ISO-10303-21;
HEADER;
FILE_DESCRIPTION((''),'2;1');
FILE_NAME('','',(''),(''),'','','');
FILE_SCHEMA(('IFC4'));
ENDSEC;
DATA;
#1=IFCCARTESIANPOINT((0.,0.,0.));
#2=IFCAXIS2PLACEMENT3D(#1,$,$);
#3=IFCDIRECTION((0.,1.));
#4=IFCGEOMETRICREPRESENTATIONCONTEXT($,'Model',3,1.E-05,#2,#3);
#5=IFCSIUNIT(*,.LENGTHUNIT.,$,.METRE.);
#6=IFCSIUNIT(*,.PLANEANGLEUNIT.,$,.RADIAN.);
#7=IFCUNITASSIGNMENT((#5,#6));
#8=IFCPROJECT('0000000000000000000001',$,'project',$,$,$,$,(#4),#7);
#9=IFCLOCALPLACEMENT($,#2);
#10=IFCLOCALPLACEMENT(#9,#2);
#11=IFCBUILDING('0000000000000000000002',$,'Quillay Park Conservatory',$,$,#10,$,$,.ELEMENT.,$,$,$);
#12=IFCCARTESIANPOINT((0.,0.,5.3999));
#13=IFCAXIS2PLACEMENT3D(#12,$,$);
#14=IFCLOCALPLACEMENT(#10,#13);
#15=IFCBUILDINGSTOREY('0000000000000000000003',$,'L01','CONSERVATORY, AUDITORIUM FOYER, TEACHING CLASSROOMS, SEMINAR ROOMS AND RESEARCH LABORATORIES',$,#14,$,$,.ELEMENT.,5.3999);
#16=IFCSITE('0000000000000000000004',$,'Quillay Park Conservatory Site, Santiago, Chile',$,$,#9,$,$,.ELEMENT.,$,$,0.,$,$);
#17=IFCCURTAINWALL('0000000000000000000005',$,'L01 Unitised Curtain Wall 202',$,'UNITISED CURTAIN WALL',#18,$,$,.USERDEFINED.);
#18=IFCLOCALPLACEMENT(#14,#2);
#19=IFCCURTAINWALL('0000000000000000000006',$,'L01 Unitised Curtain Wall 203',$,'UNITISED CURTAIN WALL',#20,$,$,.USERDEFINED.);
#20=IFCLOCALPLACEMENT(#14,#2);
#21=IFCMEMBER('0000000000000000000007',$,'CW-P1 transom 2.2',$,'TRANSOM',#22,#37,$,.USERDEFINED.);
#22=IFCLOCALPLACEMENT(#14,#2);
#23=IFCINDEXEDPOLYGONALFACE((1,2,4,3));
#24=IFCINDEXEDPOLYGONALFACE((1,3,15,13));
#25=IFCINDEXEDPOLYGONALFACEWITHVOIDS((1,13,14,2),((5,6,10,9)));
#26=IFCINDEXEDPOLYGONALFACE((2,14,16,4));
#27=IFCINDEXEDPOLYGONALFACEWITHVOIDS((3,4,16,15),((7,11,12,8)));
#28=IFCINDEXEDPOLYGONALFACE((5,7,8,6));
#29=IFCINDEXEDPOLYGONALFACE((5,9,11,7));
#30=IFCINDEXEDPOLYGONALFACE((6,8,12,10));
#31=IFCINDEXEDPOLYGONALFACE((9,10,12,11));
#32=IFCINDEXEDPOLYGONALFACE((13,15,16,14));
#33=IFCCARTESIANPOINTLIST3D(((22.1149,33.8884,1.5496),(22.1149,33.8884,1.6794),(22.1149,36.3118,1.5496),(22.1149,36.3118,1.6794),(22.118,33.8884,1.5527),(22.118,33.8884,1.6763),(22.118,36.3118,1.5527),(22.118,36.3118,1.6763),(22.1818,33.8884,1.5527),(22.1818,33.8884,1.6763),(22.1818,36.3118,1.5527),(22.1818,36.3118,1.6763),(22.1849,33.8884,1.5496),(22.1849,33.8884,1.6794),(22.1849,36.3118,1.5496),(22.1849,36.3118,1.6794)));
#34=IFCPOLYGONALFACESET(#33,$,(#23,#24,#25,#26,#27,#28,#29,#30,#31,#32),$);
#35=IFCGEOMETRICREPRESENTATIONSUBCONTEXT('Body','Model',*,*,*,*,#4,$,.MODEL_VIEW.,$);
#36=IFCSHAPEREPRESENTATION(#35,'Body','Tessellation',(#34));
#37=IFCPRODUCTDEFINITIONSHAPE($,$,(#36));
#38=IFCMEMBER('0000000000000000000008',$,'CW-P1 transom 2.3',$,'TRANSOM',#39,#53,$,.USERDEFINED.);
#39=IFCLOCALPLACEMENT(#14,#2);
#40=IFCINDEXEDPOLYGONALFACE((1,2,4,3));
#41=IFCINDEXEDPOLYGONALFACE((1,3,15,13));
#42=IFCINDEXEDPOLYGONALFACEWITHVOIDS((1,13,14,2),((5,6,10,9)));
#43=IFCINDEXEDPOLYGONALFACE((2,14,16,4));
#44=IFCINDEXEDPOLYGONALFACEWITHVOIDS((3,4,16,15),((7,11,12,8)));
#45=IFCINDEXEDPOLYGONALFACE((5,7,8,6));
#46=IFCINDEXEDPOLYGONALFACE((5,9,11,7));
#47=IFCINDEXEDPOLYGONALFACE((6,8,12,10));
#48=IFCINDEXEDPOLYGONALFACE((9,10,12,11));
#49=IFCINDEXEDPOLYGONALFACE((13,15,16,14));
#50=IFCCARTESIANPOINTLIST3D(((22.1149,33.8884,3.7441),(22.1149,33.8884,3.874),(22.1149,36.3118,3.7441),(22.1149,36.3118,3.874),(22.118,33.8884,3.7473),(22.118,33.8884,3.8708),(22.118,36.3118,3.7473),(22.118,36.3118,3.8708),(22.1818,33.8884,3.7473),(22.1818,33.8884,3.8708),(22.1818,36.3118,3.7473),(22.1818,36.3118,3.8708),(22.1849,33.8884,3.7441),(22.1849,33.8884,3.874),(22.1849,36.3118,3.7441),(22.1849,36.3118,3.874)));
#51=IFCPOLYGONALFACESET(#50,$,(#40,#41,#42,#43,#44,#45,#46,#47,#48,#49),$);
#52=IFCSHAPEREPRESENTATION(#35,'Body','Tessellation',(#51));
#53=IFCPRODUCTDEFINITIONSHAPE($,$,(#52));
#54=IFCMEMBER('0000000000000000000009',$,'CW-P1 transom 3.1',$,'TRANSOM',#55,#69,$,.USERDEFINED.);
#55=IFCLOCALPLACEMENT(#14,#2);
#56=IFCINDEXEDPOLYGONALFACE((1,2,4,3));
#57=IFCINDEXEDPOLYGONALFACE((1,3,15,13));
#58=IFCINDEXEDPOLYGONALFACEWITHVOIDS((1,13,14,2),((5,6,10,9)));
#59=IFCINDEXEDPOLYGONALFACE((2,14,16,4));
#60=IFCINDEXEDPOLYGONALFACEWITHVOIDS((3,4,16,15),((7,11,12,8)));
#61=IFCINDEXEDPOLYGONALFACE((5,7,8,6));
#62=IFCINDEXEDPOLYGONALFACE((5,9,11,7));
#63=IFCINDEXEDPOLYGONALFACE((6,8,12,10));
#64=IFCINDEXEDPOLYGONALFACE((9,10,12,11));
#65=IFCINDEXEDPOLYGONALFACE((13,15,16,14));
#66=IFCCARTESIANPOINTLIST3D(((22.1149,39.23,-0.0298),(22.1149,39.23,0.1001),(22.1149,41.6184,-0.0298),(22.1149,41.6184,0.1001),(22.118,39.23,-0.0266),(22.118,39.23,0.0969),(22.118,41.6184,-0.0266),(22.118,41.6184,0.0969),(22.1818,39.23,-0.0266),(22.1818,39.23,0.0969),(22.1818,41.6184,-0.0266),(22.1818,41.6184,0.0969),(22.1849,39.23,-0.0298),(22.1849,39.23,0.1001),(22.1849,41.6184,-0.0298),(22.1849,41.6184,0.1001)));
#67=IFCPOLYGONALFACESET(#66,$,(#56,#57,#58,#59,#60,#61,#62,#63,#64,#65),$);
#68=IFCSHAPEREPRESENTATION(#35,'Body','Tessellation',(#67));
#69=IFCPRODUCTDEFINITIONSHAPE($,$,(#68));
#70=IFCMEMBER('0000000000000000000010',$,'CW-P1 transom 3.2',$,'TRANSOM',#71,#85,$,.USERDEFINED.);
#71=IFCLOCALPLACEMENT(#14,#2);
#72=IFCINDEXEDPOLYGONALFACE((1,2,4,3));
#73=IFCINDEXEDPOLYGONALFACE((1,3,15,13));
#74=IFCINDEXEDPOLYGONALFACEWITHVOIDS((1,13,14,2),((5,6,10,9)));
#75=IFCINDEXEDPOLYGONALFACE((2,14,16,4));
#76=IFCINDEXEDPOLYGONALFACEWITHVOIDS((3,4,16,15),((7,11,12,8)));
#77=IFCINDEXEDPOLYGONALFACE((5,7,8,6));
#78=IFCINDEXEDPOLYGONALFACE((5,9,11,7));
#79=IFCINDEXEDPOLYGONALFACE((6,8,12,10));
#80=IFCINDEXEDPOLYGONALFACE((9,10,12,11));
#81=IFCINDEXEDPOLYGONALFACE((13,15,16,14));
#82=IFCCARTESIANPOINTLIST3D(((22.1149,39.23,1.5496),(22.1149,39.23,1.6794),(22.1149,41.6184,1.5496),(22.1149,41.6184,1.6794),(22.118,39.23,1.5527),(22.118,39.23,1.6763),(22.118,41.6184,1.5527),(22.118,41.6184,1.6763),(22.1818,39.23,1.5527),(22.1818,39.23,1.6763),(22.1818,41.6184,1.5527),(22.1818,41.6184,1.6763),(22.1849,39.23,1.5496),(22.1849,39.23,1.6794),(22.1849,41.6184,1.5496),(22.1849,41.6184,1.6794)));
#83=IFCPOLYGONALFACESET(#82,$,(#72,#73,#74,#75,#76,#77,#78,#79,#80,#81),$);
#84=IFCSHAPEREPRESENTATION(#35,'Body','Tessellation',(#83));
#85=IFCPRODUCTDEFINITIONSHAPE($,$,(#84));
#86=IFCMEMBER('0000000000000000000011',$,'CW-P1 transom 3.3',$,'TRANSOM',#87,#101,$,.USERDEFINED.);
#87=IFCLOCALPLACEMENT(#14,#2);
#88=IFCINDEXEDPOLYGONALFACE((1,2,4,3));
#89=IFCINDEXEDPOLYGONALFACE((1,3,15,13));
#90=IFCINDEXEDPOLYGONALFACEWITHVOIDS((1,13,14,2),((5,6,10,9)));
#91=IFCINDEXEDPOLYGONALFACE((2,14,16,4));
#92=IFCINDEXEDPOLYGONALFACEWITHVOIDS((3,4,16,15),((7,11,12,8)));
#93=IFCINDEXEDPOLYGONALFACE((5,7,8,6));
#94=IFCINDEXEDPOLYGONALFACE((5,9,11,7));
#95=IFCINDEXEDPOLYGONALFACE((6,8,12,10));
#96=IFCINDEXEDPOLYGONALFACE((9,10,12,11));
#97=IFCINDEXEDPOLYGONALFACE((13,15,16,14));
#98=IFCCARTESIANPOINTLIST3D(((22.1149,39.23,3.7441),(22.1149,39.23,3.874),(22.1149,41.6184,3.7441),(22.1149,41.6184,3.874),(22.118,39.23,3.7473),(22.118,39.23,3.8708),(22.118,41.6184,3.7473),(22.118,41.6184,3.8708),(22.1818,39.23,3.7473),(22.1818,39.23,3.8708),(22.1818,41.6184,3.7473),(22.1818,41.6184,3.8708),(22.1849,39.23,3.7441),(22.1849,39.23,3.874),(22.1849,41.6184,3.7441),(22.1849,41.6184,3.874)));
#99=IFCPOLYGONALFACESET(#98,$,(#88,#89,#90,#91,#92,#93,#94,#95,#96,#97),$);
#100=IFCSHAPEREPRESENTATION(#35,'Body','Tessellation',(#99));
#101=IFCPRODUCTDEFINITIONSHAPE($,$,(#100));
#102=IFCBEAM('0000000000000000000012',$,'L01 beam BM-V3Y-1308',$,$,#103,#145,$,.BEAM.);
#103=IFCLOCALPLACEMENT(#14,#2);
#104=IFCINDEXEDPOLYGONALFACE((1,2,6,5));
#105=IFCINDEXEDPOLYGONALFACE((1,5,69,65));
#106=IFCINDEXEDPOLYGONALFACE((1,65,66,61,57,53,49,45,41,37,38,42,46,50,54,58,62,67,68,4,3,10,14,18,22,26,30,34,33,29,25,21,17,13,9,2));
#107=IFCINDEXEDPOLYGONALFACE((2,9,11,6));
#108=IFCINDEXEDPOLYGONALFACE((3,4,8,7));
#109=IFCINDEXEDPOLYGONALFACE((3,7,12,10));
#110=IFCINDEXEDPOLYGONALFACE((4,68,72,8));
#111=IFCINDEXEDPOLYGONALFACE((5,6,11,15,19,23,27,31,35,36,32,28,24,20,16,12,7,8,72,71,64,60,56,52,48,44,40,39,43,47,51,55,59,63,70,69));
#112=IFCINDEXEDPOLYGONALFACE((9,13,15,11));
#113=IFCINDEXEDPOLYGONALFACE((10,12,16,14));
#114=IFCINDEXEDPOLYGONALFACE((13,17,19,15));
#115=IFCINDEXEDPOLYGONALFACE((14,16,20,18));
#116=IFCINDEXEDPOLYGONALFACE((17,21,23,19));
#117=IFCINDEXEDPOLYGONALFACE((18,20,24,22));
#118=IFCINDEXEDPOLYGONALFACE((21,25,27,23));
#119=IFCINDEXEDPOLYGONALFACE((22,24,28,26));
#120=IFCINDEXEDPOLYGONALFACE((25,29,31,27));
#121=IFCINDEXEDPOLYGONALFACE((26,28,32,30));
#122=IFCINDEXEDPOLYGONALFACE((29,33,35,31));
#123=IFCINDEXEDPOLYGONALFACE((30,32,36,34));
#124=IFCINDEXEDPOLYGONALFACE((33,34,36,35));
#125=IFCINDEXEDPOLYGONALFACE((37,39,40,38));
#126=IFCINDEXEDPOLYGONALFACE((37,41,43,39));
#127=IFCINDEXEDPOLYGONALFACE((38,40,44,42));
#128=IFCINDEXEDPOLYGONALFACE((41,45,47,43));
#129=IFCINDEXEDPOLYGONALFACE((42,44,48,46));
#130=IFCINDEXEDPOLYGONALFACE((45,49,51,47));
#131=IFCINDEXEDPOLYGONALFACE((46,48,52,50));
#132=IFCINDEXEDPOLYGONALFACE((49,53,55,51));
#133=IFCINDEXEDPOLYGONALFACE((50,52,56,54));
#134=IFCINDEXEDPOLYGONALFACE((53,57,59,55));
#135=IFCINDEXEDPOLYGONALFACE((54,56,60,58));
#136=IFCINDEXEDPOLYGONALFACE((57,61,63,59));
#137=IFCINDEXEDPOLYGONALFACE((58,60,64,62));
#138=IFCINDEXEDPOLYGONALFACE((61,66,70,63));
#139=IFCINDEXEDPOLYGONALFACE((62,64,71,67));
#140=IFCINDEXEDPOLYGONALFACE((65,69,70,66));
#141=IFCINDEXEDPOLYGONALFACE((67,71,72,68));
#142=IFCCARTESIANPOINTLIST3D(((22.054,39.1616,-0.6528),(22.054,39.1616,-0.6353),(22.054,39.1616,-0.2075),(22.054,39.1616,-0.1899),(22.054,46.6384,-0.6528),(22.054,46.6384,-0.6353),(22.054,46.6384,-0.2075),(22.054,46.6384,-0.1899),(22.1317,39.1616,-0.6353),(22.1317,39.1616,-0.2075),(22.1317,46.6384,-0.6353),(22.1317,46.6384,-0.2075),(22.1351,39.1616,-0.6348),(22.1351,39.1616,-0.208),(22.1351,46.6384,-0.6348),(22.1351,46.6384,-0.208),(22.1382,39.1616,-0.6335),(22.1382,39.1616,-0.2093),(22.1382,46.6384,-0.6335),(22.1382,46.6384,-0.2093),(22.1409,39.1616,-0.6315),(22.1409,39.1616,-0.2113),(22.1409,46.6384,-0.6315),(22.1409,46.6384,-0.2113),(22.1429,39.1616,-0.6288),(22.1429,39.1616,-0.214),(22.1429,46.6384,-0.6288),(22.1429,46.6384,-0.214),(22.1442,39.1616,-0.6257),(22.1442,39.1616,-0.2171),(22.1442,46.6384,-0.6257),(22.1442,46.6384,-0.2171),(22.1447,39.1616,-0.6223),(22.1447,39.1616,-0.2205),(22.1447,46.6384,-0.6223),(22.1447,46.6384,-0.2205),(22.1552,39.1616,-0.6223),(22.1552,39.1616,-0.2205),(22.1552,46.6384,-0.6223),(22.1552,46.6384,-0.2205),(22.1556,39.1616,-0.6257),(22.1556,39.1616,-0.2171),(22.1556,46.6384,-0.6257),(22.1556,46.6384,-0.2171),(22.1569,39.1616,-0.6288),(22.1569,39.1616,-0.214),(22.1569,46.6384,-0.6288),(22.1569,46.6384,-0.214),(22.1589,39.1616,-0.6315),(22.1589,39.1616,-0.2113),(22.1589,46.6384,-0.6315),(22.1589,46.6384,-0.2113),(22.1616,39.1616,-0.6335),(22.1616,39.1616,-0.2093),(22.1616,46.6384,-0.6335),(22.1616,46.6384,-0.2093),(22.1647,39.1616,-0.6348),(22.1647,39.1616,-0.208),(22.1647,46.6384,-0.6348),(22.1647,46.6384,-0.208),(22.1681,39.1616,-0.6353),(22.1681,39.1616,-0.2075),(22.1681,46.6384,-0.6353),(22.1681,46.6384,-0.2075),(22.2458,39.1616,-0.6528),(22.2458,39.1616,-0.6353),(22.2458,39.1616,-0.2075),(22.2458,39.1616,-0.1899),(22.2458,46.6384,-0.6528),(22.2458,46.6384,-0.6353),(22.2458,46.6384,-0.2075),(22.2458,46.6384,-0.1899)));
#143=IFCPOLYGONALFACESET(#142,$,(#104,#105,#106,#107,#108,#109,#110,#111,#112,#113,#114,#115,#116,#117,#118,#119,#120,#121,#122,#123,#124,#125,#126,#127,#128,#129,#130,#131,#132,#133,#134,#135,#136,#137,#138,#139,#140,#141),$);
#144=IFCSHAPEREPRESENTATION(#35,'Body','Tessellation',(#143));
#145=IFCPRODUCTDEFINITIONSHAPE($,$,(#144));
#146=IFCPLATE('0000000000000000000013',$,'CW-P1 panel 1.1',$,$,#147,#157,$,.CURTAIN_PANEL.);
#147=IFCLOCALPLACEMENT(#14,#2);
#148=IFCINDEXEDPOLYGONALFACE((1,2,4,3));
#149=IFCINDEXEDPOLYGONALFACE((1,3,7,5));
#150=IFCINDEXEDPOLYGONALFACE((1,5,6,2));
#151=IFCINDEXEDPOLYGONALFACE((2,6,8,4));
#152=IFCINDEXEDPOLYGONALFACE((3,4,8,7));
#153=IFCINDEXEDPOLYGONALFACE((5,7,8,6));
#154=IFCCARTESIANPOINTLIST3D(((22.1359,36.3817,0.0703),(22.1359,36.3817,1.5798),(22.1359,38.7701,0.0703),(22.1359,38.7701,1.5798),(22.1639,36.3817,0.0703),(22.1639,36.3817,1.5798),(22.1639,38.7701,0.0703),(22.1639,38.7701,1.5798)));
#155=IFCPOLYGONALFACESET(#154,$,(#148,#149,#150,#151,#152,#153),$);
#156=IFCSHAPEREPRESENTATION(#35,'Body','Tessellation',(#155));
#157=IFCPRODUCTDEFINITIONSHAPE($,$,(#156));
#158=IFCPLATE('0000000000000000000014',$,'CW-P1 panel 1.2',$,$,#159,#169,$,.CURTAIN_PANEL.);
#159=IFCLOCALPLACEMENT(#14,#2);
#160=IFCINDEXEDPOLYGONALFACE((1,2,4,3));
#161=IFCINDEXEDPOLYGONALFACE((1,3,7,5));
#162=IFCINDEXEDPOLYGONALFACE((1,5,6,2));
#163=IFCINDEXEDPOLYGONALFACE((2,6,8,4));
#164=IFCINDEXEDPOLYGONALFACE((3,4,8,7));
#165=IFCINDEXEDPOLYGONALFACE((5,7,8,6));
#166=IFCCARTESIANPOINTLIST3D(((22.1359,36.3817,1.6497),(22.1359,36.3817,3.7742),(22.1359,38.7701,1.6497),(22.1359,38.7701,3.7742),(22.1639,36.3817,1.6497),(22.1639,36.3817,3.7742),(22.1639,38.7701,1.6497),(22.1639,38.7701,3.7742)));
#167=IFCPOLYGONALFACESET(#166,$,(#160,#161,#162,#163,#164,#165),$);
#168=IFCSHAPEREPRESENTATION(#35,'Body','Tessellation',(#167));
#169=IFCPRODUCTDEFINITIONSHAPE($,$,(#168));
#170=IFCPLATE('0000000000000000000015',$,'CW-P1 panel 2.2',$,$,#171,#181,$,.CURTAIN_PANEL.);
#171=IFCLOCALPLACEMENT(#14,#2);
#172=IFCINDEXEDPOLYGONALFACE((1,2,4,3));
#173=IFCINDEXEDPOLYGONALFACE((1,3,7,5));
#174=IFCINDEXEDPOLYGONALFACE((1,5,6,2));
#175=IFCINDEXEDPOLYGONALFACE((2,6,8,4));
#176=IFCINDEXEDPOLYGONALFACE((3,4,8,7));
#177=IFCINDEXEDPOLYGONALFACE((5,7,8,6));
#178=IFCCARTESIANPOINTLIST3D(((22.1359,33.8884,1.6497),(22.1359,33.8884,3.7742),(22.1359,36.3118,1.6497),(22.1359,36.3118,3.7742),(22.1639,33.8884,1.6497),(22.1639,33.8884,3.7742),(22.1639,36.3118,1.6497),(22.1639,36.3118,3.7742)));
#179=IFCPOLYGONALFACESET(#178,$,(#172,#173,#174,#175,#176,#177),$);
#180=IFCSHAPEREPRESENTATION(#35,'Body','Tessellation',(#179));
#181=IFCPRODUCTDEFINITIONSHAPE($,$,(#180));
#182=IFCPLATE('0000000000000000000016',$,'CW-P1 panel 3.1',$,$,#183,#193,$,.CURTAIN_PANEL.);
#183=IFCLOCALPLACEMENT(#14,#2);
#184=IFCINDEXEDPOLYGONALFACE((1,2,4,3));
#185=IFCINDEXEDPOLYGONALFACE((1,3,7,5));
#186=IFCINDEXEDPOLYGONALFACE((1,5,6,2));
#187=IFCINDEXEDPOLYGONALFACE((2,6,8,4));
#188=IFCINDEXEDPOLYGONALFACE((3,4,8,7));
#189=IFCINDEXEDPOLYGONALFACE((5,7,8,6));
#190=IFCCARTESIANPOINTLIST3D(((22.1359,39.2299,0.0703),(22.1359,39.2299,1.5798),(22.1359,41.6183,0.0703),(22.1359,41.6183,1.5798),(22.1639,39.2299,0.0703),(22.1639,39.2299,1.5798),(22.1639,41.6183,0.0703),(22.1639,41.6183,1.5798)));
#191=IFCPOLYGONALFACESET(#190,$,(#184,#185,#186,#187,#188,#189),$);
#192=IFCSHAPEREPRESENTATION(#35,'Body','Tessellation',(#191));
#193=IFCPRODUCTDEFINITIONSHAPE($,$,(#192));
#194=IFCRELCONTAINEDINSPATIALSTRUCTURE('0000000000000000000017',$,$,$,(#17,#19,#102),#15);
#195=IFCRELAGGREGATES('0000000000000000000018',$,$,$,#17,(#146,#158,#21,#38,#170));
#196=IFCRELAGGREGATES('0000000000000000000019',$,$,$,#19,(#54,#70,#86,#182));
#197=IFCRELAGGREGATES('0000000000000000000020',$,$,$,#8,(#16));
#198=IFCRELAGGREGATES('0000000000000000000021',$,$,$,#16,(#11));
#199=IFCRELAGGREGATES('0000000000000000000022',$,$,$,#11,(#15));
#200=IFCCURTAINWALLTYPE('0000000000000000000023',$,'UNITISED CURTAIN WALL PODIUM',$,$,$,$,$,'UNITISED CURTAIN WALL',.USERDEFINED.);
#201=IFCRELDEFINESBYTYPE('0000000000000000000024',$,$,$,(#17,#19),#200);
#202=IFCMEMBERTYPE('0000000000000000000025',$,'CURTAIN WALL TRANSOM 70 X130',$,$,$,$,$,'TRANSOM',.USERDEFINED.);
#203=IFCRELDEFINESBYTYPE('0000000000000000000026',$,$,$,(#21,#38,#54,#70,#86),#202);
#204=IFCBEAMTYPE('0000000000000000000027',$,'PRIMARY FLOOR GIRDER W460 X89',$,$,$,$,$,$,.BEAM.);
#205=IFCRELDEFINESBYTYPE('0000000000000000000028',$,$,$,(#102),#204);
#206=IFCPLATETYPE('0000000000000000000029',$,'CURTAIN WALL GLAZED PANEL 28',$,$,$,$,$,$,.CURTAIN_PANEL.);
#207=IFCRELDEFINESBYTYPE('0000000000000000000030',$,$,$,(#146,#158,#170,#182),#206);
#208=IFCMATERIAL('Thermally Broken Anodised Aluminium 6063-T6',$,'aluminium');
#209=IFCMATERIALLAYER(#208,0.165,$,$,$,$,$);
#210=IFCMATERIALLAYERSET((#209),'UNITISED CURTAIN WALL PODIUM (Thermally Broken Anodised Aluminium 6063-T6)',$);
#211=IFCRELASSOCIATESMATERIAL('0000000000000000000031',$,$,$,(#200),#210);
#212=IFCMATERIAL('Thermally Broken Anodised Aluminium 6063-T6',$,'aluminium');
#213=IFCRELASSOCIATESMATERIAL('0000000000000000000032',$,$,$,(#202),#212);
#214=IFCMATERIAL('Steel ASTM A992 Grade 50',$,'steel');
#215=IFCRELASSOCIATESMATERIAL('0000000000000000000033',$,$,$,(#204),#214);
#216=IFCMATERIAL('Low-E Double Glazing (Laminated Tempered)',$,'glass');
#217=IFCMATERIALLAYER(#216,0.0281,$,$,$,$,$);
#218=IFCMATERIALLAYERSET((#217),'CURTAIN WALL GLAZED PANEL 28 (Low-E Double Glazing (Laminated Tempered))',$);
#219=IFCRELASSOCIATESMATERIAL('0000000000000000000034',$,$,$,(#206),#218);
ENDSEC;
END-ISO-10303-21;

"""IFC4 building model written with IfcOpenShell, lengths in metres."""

from ifc_helpers import new_model, si_unit, direction, frame, origin, origin_2d, place, context, subcontext, project, spatial, rectangle, hollow_rectangle, i_section, extrude, material, layer, layer_set, material_profile, profile_set, type_object, element, aggregate, save


model = new_model("IFC4")

# Units and contexts
model_context = context("Model", 3, precision=1e-05, world=origin(), true_north=direction((0.0, 1.0)))
body_context = subcontext(model_context, "Body", "Model", "MODEL_VIEW")
ifc_project = project(units=[si_unit("LENGTHUNIT", "METRE"), si_unit("PLANEANGLEUNIT", "RADIAN")], contexts=[model_context])

# Site, building, storey
site_placement = place(None, origin())
site = spatial("IfcSite", under=ifc_project, at=site_placement, Name="Quillay Park Conservatory Site, Santiago, Chile", CompositionType="ELEMENT", RefElevation=0.0)
building_placement = place(site_placement, origin())
building = spatial("IfcBuilding", under=site, at=building_placement, Name="Quillay Park Conservatory", CompositionType="ELEMENT")
storey_placement = place(building_placement, frame((0.0, 0.0, 5.3999)))
storey = spatial("IfcBuildingStorey", under=building, at=storey_placement, Name="L01", Description="CONSERVATORY, AUDITORIUM FOYER, TEACHING CLASSROOMS, SEMINAR ROOMS AND RESEARCH LABORATORIES", CompositionType="ELEMENT", Elevation=5.3999)

# Curtain walls
ifc_material_1 = material(Name="Thermally Broken Anodised Aluminium 6063-T6", Category="aluminium")
ifc_layer_1 = layer(ifc_material_1, 0.165)
ifc_layer_set_1 = layer_set([ifc_layer_1], Name="UNITISED CURTAIN WALL PODIUM (Thermally Broken Anodised Aluminium 6063-T6)")
curtain_wall_type = type_object("IfcCurtainWallType", Name="UNITISED CURTAIN WALL PODIUM", ElementType="UNITISED CURTAIN WALL", PredefinedType="USERDEFINED", material=ifc_layer_set_1)
curtain_wall_1_placement = place(storey_placement, origin())
curtain_wall_1 = element("IfcCurtainWall", 1, at=curtain_wall_1_placement, inside=storey, type_object=curtain_wall_type, Name="L01 Unitised Curtain Wall 202", ObjectType="UNITISED CURTAIN WALL", PredefinedType="USERDEFINED")
curtain_wall_2_placement = place(storey_placement, origin())
curtain_wall_2 = element("IfcCurtainWall", 2, at=curtain_wall_2_placement, inside=storey, type_object=curtain_wall_type, Name="L01 Unitised Curtain Wall 203", ObjectType="UNITISED CURTAIN WALL", PredefinedType="USERDEFINED")

# Members
ifc_material_2 = material(Name="Thermally Broken Anodised Aluminium 6063-T6", Category="aluminium")
ifc_material_profile_1 = material_profile(ifc_material_2, hollow_rectangle(XDim=0.0701, YDim=0.1299, WallThickness=0.0032, at=origin_2d()), Name="AL70x130x3.2")
ifc_profile_set_1 = profile_set([ifc_material_profile_1], Name="Thermally Broken Anodised Aluminium 6063-T6")
member_type_1 = type_object("IfcMemberType", Name="CURTAIN WALL TRANSOM 70 X130", ElementType="TRANSOM", PredefinedType="USERDEFINED", material=ifc_profile_set_1)
member_1_placement = place(storey_placement, frame((22.1499, 36.3118, 1.6145), z_axis=(0.0, -1.0, 0.0), x_axis=(1.0, 0.0, 0.0)))
member_1 = element("IfcMember", 3, at=member_1_placement, type_object=member_type_1, Name="CW-P1 transom 2.2", ObjectType="TRANSOM", PredefinedType="USERDEFINED", context=body_context, shape_type="SweptSolid", body=[
    extrude(hollow_rectangle(XDim=0.0701, YDim=0.1299, WallThickness=0.0032, at=origin_2d()), origin(), (0.0, 0.0, 1.0), 2.4233),
])
member_2_placement = place(storey_placement, frame((22.1499, 36.3118, 3.8091), z_axis=(0.0, -1.0, 0.0), x_axis=(1.0, 0.0, 0.0)))
member_2 = element("IfcMember", 4, at=member_2_placement, type_object=member_type_1, Name="CW-P1 transom 2.3", ObjectType="TRANSOM", PredefinedType="USERDEFINED", context=body_context, shape_type="SweptSolid", body=[
    extrude(hollow_rectangle(XDim=0.0701, YDim=0.1299, WallThickness=0.0032, at=origin_2d()), origin(), (0.0, 0.0, 1.0), 2.4233),
])
member_3_placement = place(storey_placement, frame((22.1499, 41.6184, 0.0352), z_axis=(0.0, -1.0, 0.0), x_axis=(1.0, 0.0, 0.0)))
member_3 = element("IfcMember", 5, at=member_3_placement, type_object=member_type_1, Name="CW-P1 transom 3.1", ObjectType="TRANSOM", PredefinedType="USERDEFINED", context=body_context, shape_type="SweptSolid", body=[
    extrude(hollow_rectangle(XDim=0.0701, YDim=0.1299, WallThickness=0.0032, at=origin_2d()), origin(), (0.0, 0.0, 1.0), 2.3884),
])
member_4_placement = place(storey_placement, frame((22.1499, 41.6184, 1.6145), z_axis=(0.0, -1.0, 0.0), x_axis=(1.0, 0.0, 0.0)))
member_4 = element("IfcMember", 6, at=member_4_placement, type_object=member_type_1, Name="CW-P1 transom 3.2", ObjectType="TRANSOM", PredefinedType="USERDEFINED", context=body_context, shape_type="SweptSolid", body=[
    extrude(hollow_rectangle(XDim=0.0701, YDim=0.1299, WallThickness=0.0032, at=origin_2d()), origin(), (0.0, 0.0, 1.0), 2.3884),
])
member_5_placement = place(storey_placement, frame((22.1499, 41.6184, 3.8091), z_axis=(0.0, -1.0, 0.0), x_axis=(1.0, 0.0, 0.0)))
member_5 = element("IfcMember", 7, at=member_5_placement, type_object=member_type_1, Name="CW-P1 transom 3.3", ObjectType="TRANSOM", PredefinedType="USERDEFINED", context=body_context, shape_type="SweptSolid", body=[
    extrude(hollow_rectangle(XDim=0.0701, YDim=0.1299, WallThickness=0.0032, at=origin_2d()), origin(), (0.0, 0.0, 1.0), 2.3884),
])

# Beam
ifc_material_3 = material(Name="Steel ASTM A992 Grade 50", Category="steel")
ifc_material_profile_2 = material_profile(ifc_material_3, i_section(OverallWidth=0.1919, OverallDepth=0.4629, WebThickness=0.0105, FlangeThickness=0.0176, FilletRadius=0.0129, at=origin_2d()), Name="W460x89")
ifc_profile_set_2 = profile_set([ifc_material_profile_2], Name="Steel ASTM A992 Grade 50")
beam_type = type_object("IfcBeamType", Name="PRIMARY FLOOR GIRDER W460 X89", PredefinedType="BEAM", material=ifc_profile_set_2)
beam_placement = place(storey_placement, frame((22.1499, 39.1616, -0.4214), z_axis=(0.0, 1.0, 0.0), x_axis=(-1.0, 0.0, 0.0)))
element("IfcBeam", 8, at=beam_placement, inside=storey, type_object=beam_type, Name="L01 beam BM-V3Y-1308", PredefinedType="BEAM", context=body_context, shape_type="SweptSolid", body=[
    extrude(i_section(OverallWidth=0.1919, OverallDepth=0.4629, WebThickness=0.0105, FlangeThickness=0.0176, FilletRadius=0.0129, at=origin_2d()), origin(), (0.0, 0.0, 1.0), 7.4768),
])

# Plates
ifc_material_4 = material(Name="Low-E Double Glazing (Laminated Tempered)", Category="glass")
ifc_layer_2 = layer(ifc_material_4, 0.0281)
ifc_layer_set_2 = layer_set([ifc_layer_2], Name="CURTAIN WALL GLAZED PANEL 28 (Low-E Double Glazing (Laminated Tempered))")
plate_type = type_object("IfcPlateType", Name="CURTAIN WALL GLAZED PANEL 28", PredefinedType="CURTAIN_PANEL", material=ifc_layer_set_2)
plate_1_placement = place(storey_placement, frame((22.1499, 37.5759, 0.0703), z_axis=(0.0, 0.0, 1.0), x_axis=(0.0, -1.0, 0.0)))
plate_1 = element("IfcPlate", 9, at=plate_1_placement, type_object=plate_type, Name="CW-P1 panel 1.1", PredefinedType="CURTAIN_PANEL", context=body_context, shape_type="SweptSolid", body=[
    extrude(rectangle(XDim=2.3884, YDim=0.0281, at=origin_2d()), origin(), (0.0, 0.0, 1.0), 1.5095),
])
plate_2_placement = place(storey_placement, frame((22.1499, 37.5759, 1.6497), z_axis=(0.0, 0.0, 1.0), x_axis=(0.0, -1.0, 0.0)))
plate_2 = element("IfcPlate", 10, at=plate_2_placement, type_object=plate_type, Name="CW-P1 panel 1.2", PredefinedType="CURTAIN_PANEL", context=body_context, shape_type="SweptSolid", body=[
    extrude(rectangle(XDim=2.3884, YDim=0.0281, at=origin_2d()), origin(), (0.0, 0.0, 1.0), 2.1245),
])
plate_3_placement = place(storey_placement, frame((22.1499, 35.1001, 1.6497), z_axis=(0.0, 0.0, 1.0), x_axis=(0.0, -1.0, 0.0)))
plate_3 = element("IfcPlate", 11, at=plate_3_placement, type_object=plate_type, Name="CW-P1 panel 2.2", PredefinedType="CURTAIN_PANEL", context=body_context, shape_type="SweptSolid", body=[
    extrude(rectangle(XDim=2.4233, YDim=0.0281, at=origin_2d()), origin(), (0.0, 0.0, 1.0), 2.1245),
])
aggregate(curtain_wall_1, [plate_1, plate_2, member_1, member_2, plate_3])
plate_4_placement = place(storey_placement, frame((22.1499, 40.4241, 0.0703), z_axis=(0.0, 0.0, 1.0), x_axis=(0.0, -1.0, 0.0)))
plate_4 = element("IfcPlate", 12, at=plate_4_placement, type_object=plate_type, Name="CW-P1 panel 3.1", PredefinedType="CURTAIN_PANEL", context=body_context, shape_type="SweptSolid", body=[
    extrude(rectangle(XDim=2.3884, YDim=0.0281, at=origin_2d()), origin(), (0.0, 0.0, 1.0), 1.5095),
])
aggregate(curtain_wall_2, [member_3, member_4, member_5, plate_4])

save(model, "model.ifc")
